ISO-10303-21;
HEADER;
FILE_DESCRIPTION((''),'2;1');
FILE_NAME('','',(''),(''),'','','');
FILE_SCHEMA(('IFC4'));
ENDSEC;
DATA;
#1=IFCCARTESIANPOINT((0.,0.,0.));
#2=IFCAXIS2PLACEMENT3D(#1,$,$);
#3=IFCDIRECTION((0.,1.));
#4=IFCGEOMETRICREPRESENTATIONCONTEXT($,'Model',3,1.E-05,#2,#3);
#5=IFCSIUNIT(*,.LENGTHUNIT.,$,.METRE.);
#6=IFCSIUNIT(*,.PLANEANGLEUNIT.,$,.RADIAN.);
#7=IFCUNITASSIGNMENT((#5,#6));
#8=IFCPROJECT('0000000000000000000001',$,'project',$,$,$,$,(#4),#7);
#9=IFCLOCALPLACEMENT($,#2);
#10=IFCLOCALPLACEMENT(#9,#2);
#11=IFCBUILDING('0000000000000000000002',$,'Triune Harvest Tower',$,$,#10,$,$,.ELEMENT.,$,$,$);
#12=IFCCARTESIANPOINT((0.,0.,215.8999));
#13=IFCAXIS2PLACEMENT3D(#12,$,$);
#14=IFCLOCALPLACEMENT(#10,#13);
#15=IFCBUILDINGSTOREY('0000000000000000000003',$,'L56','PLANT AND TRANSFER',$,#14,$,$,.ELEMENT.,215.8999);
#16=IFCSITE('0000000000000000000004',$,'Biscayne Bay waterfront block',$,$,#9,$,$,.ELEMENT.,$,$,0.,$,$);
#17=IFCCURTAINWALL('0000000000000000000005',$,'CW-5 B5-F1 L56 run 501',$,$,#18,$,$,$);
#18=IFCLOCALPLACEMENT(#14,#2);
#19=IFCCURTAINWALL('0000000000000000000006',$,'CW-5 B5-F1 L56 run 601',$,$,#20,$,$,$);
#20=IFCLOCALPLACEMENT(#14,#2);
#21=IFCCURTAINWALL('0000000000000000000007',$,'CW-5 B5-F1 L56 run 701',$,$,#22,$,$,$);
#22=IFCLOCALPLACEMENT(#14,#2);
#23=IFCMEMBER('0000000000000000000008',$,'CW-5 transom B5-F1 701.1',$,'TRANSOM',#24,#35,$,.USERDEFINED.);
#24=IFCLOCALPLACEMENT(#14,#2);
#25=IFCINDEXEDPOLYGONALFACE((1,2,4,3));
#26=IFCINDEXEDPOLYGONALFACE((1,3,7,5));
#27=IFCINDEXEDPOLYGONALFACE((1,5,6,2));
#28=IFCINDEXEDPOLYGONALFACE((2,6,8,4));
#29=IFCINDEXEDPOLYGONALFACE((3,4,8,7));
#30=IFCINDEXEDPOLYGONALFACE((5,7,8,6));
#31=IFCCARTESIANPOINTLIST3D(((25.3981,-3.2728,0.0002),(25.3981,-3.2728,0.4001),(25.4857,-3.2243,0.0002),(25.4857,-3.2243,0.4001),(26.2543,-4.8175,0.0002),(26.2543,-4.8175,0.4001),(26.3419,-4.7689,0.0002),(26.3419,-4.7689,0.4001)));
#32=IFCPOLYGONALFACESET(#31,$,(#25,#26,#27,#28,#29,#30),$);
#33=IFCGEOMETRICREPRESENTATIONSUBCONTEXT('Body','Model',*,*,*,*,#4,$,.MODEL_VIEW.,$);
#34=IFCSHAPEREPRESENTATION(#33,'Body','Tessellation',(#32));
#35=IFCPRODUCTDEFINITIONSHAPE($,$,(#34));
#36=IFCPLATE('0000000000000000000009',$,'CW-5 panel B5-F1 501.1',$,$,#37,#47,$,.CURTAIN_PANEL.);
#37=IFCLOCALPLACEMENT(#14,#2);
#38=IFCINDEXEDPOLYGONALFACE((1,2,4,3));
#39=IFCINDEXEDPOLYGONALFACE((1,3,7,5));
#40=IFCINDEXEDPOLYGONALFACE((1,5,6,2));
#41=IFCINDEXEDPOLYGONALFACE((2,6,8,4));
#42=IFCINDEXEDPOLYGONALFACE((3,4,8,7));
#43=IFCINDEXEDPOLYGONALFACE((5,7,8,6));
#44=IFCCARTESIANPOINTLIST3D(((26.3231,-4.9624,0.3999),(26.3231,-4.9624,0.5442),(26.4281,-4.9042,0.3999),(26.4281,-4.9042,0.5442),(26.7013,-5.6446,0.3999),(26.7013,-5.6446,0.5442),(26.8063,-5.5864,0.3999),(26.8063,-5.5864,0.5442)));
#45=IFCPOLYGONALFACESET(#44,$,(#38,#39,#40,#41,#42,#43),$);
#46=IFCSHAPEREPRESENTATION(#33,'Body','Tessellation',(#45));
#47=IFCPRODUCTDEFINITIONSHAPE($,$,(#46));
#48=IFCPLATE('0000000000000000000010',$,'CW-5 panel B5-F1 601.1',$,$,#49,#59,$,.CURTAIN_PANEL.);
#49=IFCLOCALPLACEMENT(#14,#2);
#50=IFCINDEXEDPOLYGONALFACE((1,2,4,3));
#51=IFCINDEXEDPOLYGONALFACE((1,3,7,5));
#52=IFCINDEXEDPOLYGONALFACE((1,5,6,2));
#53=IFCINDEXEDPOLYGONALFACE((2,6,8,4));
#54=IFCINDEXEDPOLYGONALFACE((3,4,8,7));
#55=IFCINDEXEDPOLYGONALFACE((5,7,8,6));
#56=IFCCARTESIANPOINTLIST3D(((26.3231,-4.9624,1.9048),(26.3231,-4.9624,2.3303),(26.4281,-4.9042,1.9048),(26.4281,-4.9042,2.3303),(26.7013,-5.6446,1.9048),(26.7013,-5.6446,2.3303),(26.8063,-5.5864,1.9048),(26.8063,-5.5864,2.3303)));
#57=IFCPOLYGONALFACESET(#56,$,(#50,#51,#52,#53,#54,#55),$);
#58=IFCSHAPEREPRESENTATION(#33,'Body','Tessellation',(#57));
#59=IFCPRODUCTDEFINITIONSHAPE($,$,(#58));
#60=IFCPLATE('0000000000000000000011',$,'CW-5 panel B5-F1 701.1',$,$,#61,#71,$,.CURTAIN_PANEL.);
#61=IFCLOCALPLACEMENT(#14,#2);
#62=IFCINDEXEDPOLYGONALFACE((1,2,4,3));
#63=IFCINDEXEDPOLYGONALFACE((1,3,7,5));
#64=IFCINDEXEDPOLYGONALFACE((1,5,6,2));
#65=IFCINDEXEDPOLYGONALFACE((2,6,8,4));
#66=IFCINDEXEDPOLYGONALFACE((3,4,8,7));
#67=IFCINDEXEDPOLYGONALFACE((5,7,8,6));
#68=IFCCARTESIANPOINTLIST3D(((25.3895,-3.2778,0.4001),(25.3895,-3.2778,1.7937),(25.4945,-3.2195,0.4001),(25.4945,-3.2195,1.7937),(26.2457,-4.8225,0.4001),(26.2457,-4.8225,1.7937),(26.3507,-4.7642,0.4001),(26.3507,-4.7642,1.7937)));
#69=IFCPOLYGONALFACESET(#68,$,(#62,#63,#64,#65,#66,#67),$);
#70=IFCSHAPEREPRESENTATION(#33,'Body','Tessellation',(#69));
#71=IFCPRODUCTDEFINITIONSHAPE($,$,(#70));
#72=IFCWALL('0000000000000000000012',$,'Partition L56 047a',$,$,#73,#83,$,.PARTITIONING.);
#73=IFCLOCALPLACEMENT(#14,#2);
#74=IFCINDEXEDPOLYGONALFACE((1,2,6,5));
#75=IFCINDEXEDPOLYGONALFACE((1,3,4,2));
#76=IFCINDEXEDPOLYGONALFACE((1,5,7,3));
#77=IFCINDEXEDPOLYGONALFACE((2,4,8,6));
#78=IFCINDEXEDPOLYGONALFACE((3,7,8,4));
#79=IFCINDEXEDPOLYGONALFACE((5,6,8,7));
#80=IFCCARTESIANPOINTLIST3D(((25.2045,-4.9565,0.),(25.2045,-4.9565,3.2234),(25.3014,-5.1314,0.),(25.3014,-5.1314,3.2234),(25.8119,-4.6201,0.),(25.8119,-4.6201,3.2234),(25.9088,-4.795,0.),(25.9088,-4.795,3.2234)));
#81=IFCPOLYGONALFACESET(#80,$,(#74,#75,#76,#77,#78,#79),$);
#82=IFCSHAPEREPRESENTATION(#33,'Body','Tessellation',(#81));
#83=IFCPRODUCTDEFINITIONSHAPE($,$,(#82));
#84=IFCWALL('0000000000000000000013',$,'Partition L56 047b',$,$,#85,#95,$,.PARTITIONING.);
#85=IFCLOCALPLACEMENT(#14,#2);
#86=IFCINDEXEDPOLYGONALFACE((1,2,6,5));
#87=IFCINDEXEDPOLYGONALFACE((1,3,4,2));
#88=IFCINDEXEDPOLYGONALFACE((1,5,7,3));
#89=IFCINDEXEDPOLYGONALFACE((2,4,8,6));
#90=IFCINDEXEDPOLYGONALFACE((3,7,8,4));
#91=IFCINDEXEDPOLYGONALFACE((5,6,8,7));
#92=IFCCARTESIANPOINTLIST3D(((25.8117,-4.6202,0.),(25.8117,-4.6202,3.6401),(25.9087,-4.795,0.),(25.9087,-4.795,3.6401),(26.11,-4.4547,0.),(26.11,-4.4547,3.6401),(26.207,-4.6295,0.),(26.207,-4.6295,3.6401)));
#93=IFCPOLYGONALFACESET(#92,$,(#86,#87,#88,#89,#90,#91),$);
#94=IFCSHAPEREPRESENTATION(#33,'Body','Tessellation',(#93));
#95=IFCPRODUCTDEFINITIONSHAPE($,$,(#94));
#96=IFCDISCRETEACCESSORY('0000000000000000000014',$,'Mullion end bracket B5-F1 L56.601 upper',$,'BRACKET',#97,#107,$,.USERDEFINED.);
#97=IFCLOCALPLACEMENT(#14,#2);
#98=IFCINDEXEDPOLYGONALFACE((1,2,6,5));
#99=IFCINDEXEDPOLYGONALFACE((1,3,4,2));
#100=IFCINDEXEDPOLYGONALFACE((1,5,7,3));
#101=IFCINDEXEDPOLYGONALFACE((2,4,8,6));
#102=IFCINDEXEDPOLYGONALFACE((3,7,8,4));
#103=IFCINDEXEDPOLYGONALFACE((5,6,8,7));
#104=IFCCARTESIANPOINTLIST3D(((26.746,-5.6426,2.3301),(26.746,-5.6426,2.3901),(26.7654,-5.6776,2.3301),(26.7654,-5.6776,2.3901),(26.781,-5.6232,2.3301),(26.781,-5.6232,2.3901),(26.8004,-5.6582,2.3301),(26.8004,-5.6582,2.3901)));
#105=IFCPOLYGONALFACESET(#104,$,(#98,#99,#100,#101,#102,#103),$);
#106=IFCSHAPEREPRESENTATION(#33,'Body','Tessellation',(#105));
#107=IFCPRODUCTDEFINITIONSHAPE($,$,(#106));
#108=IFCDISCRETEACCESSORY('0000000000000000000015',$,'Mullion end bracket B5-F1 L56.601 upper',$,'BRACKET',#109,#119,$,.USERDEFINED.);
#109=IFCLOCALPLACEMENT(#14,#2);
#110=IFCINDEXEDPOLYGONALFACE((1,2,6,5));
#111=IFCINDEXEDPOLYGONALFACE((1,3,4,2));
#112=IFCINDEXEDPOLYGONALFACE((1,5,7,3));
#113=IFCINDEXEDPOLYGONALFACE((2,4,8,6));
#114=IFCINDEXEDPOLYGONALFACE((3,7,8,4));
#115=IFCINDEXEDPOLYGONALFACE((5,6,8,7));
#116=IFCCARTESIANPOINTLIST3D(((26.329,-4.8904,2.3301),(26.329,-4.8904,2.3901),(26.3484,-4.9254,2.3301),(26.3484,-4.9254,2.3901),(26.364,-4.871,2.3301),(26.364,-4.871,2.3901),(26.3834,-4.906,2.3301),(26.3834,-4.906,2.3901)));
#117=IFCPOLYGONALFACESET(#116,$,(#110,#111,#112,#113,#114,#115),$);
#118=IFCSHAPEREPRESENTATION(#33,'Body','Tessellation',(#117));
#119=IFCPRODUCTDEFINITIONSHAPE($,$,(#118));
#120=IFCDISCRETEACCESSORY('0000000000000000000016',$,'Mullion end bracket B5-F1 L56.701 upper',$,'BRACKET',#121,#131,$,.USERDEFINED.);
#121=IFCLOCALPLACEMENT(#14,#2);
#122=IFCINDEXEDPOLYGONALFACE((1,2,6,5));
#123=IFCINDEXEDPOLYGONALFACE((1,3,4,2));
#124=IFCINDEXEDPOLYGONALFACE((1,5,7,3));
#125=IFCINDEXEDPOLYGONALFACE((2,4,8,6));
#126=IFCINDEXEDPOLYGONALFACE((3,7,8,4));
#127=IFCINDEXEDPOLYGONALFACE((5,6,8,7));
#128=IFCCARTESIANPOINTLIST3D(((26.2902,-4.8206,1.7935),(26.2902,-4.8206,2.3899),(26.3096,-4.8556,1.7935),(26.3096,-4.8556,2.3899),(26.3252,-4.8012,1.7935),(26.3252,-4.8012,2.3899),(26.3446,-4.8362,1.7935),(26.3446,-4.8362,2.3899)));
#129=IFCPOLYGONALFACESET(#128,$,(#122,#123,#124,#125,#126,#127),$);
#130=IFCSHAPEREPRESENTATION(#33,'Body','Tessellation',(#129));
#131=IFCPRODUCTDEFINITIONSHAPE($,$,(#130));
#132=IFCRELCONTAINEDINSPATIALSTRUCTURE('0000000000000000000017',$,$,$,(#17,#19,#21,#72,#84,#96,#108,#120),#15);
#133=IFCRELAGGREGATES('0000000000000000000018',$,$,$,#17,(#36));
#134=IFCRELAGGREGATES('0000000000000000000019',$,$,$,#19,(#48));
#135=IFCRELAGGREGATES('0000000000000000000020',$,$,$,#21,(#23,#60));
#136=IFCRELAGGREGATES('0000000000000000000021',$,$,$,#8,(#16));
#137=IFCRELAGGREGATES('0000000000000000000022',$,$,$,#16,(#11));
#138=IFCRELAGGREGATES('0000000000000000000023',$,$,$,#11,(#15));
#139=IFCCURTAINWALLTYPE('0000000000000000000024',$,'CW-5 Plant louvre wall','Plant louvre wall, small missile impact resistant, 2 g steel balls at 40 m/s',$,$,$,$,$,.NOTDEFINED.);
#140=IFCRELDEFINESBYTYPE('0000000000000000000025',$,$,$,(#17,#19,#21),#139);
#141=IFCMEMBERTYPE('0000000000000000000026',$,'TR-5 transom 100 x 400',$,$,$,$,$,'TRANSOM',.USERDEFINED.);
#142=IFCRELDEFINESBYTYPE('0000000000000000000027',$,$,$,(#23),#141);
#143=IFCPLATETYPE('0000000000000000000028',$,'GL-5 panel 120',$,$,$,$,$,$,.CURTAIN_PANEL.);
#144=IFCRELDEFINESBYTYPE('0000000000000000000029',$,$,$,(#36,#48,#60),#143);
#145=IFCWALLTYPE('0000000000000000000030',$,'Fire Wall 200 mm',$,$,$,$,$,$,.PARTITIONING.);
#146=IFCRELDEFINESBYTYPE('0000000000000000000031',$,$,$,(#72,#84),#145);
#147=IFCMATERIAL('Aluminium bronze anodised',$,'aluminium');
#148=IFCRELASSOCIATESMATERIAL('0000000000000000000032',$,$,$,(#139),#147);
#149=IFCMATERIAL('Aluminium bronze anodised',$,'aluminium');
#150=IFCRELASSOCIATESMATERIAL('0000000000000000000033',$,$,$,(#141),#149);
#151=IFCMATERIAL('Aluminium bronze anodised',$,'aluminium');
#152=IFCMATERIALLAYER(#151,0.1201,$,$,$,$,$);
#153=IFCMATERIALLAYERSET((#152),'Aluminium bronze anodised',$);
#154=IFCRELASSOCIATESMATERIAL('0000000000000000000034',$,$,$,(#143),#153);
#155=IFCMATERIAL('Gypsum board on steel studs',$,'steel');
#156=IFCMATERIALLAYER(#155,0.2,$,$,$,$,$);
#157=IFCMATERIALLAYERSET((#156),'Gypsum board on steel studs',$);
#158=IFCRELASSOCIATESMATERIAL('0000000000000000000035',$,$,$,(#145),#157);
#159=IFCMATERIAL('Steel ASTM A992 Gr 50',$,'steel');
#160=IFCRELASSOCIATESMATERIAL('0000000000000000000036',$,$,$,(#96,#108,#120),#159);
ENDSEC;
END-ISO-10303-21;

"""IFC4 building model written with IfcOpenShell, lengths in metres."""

from ifc_helpers import new_model, si_unit, direction, frame, frame_2d, origin, origin_2d, place, context, subcontext, project, spatial, rectangle, extrude, source, transform, mapped, material, layer, layer_set, material_profile, profile_set, type_object, element, aggregate, save


model = new_model("IFC4")

# Units and contexts
model_context = context("Model", 3, precision=1e-05, world=origin(), true_north=direction((0.0, 1.0)))
body_context = subcontext(model_context, "Body", "Model", "MODEL_VIEW")
ifc_project = project(units=[si_unit("LENGTHUNIT", "METRE"), si_unit("PLANEANGLEUNIT", "RADIAN")], contexts=[model_context])

# Site, building, storey
site_placement = place(None, origin())
site = spatial("IfcSite", under=ifc_project, at=site_placement, Name="Biscayne Bay waterfront block", CompositionType="ELEMENT", RefElevation=0.0)
building_placement = place(site_placement, origin())
building = spatial("IfcBuilding", under=site, at=building_placement, Name="Triune Harvest Tower", CompositionType="ELEMENT")
storey_placement = place(building_placement, frame((0.0, 0.0, 215.8999)))
storey = spatial("IfcBuildingStorey", under=building, at=storey_placement, Name="L56", Description="PLANT AND TRANSFER", CompositionType="ELEMENT", Elevation=215.8999)

# Curtain walls, member
ifc_material_1 = material(Name="Aluminium bronze anodised", Category="aluminium")
curtain_wall_type = type_object("IfcCurtainWallType", Name="CW-5 Plant louvre wall", Description="Plant louvre wall, small missile impact resistant, 2 g steel balls at 40 m/s", PredefinedType="NOTDEFINED", material=ifc_material_1)
curtain_wall_1_placement = place(storey_placement, origin())
curtain_wall_1 = element("IfcCurtainWall", 1, at=curtain_wall_1_placement, inside=storey, type_object=curtain_wall_type, Name="CW-5 B5-F1 L56 run 501")
ifc_material_2 = material(Name="Aluminium bronze anodised", Category="aluminium")
ifc_material_profile_1 = material_profile(ifc_material_2, rectangle(XDim=0.1001, YDim=0.3999, at=origin_2d()), Name="TR-5 transom 100 x 400")
ifc_profile_set_1 = profile_set([ifc_material_profile_1], Name="Aluminium bronze anodised")
member_type_1 = type_object("IfcMemberType", Name="TR-5 transom 100 x 400", ElementType="TRANSOM", PredefinedType="USERDEFINED", material=ifc_profile_set_1)
curtain_wall_2_placement = place(storey_placement, origin())
curtain_wall_2 = element("IfcCurtainWall", 2, at=curtain_wall_2_placement, inside=storey, type_object=curtain_wall_type, Name="CW-5 B5-F1 L56 run 601")
curtain_wall_3_placement = place(storey_placement, origin())
curtain_wall_3 = element("IfcCurtainWall", 3, at=curtain_wall_3_placement, inside=storey, type_object=curtain_wall_type, Name="CW-5 B5-F1 L56 run 701")
shared_shape_1 = source(origin(), body_context, "Body", "SweptSolid", [
    extrude(rectangle(XDim=0.1001, YDim=0.3999, at=origin_2d()), origin(), (0.0, 0.0, 1.0), 1.7661),
])
member_1_placement = place(storey_placement, frame((26.2981, -4.7932, 0.2002), z_axis=(-0.484798, 0.874626, 0.0), x_axis=(-0.874626, -0.484798, 0.0)))
member_1 = element("IfcMember", 4, at=member_1_placement, type_object=member_type_1, Name="CW-5 transom B5-F1 701.1", ObjectType="TRANSOM", PredefinedType="USERDEFINED", context=body_context, shape_type="MappedRepresentation", body=[
    mapped(shared_shape_1, transform((0.0, 0.0, 0.0), scale=1.0)),
])

# Plates
ifc_material_3 = material(Name="Aluminium bronze anodised", Category="aluminium")
ifc_layer_1 = layer(ifc_material_3, 0.1201)
ifc_layer_set_1 = layer_set([ifc_layer_1], Name="Aluminium bronze anodised")
plate_type = type_object("IfcPlateType", Name="GL-5 panel 120", PredefinedType="CURTAIN_PANEL", material=ifc_layer_set_1)
plate_1_placement = place(storey_placement, frame((26.5647, -5.2744, 0.3999), z_axis=(0.0, 0.0, 1.0), x_axis=(-0.484812, 0.874619, 0.0)))
plate_1 = element("IfcPlate", 5, at=plate_1_placement, type_object=plate_type, Name="CW-5 panel B5-F1 501.1", PredefinedType="CURTAIN_PANEL", context=body_context, shape_type="SweptSolid", body=[
    extrude(rectangle(XDim=0.78, YDim=0.1201, at=origin_2d()), origin(), (0.0, 0.0, 1.0), 0.1443),
])
aggregate(curtain_wall_1, [plate_1])
plate_2_placement = place(storey_placement, frame((26.5647, -5.2744, 1.9048), z_axis=(0.0, 0.0, 1.0), x_axis=(-0.484812, 0.874619, 0.0)))
plate_2 = element("IfcPlate", 6, at=plate_2_placement, type_object=plate_type, Name="CW-5 panel B5-F1 601.1", PredefinedType="CURTAIN_PANEL", context=body_context, shape_type="SweptSolid", body=[
    extrude(rectangle(XDim=0.78, YDim=0.1201, at=origin_2d()), origin(), (0.0, 0.0, 1.0), 0.4255),
])
aggregate(curtain_wall_2, [plate_2])
plate_3_placement = place(storey_placement, frame((25.8701, -4.021, 0.4001), z_axis=(0.0, 0.0, 1.0), x_axis=(-0.484792, 0.874629, 0.0)))
plate_3 = element("IfcPlate", 7, at=plate_3_placement, type_object=plate_type, Name="CW-5 panel B5-F1 701.1", PredefinedType="CURTAIN_PANEL", context=body_context, shape_type="SweptSolid", body=[
    extrude(rectangle(XDim=1.7661, YDim=0.1201, at=origin_2d()), origin(), (0.0, 0.0, 1.0), 1.3936),
])
aggregate(curtain_wall_3, [member_1, plate_3])

# Walls
ifc_material_4 = material(Name="Gypsum board on steel studs", Category="steel")
ifc_layer_2 = layer(ifc_material_4, 0.2)
ifc_layer_set_2 = layer_set([ifc_layer_2], Name="Gypsum board on steel studs")
wall_type = type_object("IfcWallType", Name="Fire Wall 200 mm", PredefinedType="PARTITIONING", material=ifc_layer_set_2)
wall_1_placement = place(storey_placement, frame((25.2529, -5.0439, 0.0), z_axis=(0.0, 0.0, 1.0), x_axis=(0.874787, 0.484508, 0.0)))
element("IfcWall", 8, at=wall_1_placement, inside=storey, type_object=wall_type, Name="Partition L56 047a", PredefinedType="PARTITIONING", context=body_context, shape_type="SweptSolid", body=[
    extrude(rectangle(XDim=0.6943, YDim=0.2, at=frame_2d((0.3472, 0.0))), origin(), (0.0, 0.0, 1.0), 3.2234),
])
wall_2_placement = place(storey_placement, frame((25.8604, -4.7075, 0.0), z_axis=(0.0, 0.0, 1.0), x_axis=(0.874427, 0.485157, 0.0)))
element("IfcWall", 9, at=wall_2_placement, inside=storey, type_object=wall_type, Name="Partition L56 047b", PredefinedType="PARTITIONING", context=body_context, shape_type="SweptSolid", body=[
    extrude(rectangle(XDim=0.3411, YDim=0.2, at=frame_2d((0.1704, 0.0))), origin(), (0.0, 0.0, 1.0), 3.6401),
])

# Discrete accessories
ifc_material_5 = material(Name="Steel ASTM A992 Gr 50", Category="steel")
shared_shape_2 = source(origin(), body_context, "Body", "SweptSolid", [
    extrude(rectangle(XDim=0.04, YDim=0.04, at=origin_2d()), origin(), (0.0, 0.0, 1.0), 0.0601),
])
for number, where, z_axis, x_axis, name in (
    (10, (26.7732, -5.6504, 2.3301), (0.0, 0.0, 1.0), (-0.484811, 0.874619, 0.0), "Mullion end bracket B5-F1 L56.601 upper"),
    (11, (26.3562, -4.8982, 2.3301), (0.0, 0.0, 1.0), (-0.484811, 0.874619, 0.0), "Mullion end bracket B5-F1 L56.601 upper"),
):
    element("IfcDiscreteAccessory", number, at=place(storey_placement, frame(where, z_axis=z_axis, x_axis=x_axis)), inside=storey, material=ifc_material_5, Name=name, ObjectType="BRACKET", PredefinedType="USERDEFINED", context=body_context, shape_type="MappedRepresentation", body=[
        mapped(shared_shape_2, transform((0.0, 0.0, 0.0), scale=1.0)),
    ])
shared_shape_3 = source(origin(), body_context, "Body", "SweptSolid", [
    extrude(rectangle(XDim=0.04, YDim=0.04, at=origin_2d()), origin(), (0.0, 0.0, 1.0), 0.5964),
])
discrete_accessory_placement = place(storey_placement, frame((26.3174, -4.8284, 1.7935), z_axis=(0.0, 0.0, 1.0), x_axis=(-0.484791, 0.87463, 0.0)))
element("IfcDiscreteAccessory", 12, at=discrete_accessory_placement, inside=storey, material=ifc_material_5, Name="Mullion end bracket B5-F1 L56.701 upper", ObjectType="BRACKET", PredefinedType="USERDEFINED", context=body_context, shape_type="MappedRepresentation", body=[
    mapped(shared_shape_3, transform((0.0, 0.0, 0.0), scale=1.0)),
])

save(model, "model.ifc")
